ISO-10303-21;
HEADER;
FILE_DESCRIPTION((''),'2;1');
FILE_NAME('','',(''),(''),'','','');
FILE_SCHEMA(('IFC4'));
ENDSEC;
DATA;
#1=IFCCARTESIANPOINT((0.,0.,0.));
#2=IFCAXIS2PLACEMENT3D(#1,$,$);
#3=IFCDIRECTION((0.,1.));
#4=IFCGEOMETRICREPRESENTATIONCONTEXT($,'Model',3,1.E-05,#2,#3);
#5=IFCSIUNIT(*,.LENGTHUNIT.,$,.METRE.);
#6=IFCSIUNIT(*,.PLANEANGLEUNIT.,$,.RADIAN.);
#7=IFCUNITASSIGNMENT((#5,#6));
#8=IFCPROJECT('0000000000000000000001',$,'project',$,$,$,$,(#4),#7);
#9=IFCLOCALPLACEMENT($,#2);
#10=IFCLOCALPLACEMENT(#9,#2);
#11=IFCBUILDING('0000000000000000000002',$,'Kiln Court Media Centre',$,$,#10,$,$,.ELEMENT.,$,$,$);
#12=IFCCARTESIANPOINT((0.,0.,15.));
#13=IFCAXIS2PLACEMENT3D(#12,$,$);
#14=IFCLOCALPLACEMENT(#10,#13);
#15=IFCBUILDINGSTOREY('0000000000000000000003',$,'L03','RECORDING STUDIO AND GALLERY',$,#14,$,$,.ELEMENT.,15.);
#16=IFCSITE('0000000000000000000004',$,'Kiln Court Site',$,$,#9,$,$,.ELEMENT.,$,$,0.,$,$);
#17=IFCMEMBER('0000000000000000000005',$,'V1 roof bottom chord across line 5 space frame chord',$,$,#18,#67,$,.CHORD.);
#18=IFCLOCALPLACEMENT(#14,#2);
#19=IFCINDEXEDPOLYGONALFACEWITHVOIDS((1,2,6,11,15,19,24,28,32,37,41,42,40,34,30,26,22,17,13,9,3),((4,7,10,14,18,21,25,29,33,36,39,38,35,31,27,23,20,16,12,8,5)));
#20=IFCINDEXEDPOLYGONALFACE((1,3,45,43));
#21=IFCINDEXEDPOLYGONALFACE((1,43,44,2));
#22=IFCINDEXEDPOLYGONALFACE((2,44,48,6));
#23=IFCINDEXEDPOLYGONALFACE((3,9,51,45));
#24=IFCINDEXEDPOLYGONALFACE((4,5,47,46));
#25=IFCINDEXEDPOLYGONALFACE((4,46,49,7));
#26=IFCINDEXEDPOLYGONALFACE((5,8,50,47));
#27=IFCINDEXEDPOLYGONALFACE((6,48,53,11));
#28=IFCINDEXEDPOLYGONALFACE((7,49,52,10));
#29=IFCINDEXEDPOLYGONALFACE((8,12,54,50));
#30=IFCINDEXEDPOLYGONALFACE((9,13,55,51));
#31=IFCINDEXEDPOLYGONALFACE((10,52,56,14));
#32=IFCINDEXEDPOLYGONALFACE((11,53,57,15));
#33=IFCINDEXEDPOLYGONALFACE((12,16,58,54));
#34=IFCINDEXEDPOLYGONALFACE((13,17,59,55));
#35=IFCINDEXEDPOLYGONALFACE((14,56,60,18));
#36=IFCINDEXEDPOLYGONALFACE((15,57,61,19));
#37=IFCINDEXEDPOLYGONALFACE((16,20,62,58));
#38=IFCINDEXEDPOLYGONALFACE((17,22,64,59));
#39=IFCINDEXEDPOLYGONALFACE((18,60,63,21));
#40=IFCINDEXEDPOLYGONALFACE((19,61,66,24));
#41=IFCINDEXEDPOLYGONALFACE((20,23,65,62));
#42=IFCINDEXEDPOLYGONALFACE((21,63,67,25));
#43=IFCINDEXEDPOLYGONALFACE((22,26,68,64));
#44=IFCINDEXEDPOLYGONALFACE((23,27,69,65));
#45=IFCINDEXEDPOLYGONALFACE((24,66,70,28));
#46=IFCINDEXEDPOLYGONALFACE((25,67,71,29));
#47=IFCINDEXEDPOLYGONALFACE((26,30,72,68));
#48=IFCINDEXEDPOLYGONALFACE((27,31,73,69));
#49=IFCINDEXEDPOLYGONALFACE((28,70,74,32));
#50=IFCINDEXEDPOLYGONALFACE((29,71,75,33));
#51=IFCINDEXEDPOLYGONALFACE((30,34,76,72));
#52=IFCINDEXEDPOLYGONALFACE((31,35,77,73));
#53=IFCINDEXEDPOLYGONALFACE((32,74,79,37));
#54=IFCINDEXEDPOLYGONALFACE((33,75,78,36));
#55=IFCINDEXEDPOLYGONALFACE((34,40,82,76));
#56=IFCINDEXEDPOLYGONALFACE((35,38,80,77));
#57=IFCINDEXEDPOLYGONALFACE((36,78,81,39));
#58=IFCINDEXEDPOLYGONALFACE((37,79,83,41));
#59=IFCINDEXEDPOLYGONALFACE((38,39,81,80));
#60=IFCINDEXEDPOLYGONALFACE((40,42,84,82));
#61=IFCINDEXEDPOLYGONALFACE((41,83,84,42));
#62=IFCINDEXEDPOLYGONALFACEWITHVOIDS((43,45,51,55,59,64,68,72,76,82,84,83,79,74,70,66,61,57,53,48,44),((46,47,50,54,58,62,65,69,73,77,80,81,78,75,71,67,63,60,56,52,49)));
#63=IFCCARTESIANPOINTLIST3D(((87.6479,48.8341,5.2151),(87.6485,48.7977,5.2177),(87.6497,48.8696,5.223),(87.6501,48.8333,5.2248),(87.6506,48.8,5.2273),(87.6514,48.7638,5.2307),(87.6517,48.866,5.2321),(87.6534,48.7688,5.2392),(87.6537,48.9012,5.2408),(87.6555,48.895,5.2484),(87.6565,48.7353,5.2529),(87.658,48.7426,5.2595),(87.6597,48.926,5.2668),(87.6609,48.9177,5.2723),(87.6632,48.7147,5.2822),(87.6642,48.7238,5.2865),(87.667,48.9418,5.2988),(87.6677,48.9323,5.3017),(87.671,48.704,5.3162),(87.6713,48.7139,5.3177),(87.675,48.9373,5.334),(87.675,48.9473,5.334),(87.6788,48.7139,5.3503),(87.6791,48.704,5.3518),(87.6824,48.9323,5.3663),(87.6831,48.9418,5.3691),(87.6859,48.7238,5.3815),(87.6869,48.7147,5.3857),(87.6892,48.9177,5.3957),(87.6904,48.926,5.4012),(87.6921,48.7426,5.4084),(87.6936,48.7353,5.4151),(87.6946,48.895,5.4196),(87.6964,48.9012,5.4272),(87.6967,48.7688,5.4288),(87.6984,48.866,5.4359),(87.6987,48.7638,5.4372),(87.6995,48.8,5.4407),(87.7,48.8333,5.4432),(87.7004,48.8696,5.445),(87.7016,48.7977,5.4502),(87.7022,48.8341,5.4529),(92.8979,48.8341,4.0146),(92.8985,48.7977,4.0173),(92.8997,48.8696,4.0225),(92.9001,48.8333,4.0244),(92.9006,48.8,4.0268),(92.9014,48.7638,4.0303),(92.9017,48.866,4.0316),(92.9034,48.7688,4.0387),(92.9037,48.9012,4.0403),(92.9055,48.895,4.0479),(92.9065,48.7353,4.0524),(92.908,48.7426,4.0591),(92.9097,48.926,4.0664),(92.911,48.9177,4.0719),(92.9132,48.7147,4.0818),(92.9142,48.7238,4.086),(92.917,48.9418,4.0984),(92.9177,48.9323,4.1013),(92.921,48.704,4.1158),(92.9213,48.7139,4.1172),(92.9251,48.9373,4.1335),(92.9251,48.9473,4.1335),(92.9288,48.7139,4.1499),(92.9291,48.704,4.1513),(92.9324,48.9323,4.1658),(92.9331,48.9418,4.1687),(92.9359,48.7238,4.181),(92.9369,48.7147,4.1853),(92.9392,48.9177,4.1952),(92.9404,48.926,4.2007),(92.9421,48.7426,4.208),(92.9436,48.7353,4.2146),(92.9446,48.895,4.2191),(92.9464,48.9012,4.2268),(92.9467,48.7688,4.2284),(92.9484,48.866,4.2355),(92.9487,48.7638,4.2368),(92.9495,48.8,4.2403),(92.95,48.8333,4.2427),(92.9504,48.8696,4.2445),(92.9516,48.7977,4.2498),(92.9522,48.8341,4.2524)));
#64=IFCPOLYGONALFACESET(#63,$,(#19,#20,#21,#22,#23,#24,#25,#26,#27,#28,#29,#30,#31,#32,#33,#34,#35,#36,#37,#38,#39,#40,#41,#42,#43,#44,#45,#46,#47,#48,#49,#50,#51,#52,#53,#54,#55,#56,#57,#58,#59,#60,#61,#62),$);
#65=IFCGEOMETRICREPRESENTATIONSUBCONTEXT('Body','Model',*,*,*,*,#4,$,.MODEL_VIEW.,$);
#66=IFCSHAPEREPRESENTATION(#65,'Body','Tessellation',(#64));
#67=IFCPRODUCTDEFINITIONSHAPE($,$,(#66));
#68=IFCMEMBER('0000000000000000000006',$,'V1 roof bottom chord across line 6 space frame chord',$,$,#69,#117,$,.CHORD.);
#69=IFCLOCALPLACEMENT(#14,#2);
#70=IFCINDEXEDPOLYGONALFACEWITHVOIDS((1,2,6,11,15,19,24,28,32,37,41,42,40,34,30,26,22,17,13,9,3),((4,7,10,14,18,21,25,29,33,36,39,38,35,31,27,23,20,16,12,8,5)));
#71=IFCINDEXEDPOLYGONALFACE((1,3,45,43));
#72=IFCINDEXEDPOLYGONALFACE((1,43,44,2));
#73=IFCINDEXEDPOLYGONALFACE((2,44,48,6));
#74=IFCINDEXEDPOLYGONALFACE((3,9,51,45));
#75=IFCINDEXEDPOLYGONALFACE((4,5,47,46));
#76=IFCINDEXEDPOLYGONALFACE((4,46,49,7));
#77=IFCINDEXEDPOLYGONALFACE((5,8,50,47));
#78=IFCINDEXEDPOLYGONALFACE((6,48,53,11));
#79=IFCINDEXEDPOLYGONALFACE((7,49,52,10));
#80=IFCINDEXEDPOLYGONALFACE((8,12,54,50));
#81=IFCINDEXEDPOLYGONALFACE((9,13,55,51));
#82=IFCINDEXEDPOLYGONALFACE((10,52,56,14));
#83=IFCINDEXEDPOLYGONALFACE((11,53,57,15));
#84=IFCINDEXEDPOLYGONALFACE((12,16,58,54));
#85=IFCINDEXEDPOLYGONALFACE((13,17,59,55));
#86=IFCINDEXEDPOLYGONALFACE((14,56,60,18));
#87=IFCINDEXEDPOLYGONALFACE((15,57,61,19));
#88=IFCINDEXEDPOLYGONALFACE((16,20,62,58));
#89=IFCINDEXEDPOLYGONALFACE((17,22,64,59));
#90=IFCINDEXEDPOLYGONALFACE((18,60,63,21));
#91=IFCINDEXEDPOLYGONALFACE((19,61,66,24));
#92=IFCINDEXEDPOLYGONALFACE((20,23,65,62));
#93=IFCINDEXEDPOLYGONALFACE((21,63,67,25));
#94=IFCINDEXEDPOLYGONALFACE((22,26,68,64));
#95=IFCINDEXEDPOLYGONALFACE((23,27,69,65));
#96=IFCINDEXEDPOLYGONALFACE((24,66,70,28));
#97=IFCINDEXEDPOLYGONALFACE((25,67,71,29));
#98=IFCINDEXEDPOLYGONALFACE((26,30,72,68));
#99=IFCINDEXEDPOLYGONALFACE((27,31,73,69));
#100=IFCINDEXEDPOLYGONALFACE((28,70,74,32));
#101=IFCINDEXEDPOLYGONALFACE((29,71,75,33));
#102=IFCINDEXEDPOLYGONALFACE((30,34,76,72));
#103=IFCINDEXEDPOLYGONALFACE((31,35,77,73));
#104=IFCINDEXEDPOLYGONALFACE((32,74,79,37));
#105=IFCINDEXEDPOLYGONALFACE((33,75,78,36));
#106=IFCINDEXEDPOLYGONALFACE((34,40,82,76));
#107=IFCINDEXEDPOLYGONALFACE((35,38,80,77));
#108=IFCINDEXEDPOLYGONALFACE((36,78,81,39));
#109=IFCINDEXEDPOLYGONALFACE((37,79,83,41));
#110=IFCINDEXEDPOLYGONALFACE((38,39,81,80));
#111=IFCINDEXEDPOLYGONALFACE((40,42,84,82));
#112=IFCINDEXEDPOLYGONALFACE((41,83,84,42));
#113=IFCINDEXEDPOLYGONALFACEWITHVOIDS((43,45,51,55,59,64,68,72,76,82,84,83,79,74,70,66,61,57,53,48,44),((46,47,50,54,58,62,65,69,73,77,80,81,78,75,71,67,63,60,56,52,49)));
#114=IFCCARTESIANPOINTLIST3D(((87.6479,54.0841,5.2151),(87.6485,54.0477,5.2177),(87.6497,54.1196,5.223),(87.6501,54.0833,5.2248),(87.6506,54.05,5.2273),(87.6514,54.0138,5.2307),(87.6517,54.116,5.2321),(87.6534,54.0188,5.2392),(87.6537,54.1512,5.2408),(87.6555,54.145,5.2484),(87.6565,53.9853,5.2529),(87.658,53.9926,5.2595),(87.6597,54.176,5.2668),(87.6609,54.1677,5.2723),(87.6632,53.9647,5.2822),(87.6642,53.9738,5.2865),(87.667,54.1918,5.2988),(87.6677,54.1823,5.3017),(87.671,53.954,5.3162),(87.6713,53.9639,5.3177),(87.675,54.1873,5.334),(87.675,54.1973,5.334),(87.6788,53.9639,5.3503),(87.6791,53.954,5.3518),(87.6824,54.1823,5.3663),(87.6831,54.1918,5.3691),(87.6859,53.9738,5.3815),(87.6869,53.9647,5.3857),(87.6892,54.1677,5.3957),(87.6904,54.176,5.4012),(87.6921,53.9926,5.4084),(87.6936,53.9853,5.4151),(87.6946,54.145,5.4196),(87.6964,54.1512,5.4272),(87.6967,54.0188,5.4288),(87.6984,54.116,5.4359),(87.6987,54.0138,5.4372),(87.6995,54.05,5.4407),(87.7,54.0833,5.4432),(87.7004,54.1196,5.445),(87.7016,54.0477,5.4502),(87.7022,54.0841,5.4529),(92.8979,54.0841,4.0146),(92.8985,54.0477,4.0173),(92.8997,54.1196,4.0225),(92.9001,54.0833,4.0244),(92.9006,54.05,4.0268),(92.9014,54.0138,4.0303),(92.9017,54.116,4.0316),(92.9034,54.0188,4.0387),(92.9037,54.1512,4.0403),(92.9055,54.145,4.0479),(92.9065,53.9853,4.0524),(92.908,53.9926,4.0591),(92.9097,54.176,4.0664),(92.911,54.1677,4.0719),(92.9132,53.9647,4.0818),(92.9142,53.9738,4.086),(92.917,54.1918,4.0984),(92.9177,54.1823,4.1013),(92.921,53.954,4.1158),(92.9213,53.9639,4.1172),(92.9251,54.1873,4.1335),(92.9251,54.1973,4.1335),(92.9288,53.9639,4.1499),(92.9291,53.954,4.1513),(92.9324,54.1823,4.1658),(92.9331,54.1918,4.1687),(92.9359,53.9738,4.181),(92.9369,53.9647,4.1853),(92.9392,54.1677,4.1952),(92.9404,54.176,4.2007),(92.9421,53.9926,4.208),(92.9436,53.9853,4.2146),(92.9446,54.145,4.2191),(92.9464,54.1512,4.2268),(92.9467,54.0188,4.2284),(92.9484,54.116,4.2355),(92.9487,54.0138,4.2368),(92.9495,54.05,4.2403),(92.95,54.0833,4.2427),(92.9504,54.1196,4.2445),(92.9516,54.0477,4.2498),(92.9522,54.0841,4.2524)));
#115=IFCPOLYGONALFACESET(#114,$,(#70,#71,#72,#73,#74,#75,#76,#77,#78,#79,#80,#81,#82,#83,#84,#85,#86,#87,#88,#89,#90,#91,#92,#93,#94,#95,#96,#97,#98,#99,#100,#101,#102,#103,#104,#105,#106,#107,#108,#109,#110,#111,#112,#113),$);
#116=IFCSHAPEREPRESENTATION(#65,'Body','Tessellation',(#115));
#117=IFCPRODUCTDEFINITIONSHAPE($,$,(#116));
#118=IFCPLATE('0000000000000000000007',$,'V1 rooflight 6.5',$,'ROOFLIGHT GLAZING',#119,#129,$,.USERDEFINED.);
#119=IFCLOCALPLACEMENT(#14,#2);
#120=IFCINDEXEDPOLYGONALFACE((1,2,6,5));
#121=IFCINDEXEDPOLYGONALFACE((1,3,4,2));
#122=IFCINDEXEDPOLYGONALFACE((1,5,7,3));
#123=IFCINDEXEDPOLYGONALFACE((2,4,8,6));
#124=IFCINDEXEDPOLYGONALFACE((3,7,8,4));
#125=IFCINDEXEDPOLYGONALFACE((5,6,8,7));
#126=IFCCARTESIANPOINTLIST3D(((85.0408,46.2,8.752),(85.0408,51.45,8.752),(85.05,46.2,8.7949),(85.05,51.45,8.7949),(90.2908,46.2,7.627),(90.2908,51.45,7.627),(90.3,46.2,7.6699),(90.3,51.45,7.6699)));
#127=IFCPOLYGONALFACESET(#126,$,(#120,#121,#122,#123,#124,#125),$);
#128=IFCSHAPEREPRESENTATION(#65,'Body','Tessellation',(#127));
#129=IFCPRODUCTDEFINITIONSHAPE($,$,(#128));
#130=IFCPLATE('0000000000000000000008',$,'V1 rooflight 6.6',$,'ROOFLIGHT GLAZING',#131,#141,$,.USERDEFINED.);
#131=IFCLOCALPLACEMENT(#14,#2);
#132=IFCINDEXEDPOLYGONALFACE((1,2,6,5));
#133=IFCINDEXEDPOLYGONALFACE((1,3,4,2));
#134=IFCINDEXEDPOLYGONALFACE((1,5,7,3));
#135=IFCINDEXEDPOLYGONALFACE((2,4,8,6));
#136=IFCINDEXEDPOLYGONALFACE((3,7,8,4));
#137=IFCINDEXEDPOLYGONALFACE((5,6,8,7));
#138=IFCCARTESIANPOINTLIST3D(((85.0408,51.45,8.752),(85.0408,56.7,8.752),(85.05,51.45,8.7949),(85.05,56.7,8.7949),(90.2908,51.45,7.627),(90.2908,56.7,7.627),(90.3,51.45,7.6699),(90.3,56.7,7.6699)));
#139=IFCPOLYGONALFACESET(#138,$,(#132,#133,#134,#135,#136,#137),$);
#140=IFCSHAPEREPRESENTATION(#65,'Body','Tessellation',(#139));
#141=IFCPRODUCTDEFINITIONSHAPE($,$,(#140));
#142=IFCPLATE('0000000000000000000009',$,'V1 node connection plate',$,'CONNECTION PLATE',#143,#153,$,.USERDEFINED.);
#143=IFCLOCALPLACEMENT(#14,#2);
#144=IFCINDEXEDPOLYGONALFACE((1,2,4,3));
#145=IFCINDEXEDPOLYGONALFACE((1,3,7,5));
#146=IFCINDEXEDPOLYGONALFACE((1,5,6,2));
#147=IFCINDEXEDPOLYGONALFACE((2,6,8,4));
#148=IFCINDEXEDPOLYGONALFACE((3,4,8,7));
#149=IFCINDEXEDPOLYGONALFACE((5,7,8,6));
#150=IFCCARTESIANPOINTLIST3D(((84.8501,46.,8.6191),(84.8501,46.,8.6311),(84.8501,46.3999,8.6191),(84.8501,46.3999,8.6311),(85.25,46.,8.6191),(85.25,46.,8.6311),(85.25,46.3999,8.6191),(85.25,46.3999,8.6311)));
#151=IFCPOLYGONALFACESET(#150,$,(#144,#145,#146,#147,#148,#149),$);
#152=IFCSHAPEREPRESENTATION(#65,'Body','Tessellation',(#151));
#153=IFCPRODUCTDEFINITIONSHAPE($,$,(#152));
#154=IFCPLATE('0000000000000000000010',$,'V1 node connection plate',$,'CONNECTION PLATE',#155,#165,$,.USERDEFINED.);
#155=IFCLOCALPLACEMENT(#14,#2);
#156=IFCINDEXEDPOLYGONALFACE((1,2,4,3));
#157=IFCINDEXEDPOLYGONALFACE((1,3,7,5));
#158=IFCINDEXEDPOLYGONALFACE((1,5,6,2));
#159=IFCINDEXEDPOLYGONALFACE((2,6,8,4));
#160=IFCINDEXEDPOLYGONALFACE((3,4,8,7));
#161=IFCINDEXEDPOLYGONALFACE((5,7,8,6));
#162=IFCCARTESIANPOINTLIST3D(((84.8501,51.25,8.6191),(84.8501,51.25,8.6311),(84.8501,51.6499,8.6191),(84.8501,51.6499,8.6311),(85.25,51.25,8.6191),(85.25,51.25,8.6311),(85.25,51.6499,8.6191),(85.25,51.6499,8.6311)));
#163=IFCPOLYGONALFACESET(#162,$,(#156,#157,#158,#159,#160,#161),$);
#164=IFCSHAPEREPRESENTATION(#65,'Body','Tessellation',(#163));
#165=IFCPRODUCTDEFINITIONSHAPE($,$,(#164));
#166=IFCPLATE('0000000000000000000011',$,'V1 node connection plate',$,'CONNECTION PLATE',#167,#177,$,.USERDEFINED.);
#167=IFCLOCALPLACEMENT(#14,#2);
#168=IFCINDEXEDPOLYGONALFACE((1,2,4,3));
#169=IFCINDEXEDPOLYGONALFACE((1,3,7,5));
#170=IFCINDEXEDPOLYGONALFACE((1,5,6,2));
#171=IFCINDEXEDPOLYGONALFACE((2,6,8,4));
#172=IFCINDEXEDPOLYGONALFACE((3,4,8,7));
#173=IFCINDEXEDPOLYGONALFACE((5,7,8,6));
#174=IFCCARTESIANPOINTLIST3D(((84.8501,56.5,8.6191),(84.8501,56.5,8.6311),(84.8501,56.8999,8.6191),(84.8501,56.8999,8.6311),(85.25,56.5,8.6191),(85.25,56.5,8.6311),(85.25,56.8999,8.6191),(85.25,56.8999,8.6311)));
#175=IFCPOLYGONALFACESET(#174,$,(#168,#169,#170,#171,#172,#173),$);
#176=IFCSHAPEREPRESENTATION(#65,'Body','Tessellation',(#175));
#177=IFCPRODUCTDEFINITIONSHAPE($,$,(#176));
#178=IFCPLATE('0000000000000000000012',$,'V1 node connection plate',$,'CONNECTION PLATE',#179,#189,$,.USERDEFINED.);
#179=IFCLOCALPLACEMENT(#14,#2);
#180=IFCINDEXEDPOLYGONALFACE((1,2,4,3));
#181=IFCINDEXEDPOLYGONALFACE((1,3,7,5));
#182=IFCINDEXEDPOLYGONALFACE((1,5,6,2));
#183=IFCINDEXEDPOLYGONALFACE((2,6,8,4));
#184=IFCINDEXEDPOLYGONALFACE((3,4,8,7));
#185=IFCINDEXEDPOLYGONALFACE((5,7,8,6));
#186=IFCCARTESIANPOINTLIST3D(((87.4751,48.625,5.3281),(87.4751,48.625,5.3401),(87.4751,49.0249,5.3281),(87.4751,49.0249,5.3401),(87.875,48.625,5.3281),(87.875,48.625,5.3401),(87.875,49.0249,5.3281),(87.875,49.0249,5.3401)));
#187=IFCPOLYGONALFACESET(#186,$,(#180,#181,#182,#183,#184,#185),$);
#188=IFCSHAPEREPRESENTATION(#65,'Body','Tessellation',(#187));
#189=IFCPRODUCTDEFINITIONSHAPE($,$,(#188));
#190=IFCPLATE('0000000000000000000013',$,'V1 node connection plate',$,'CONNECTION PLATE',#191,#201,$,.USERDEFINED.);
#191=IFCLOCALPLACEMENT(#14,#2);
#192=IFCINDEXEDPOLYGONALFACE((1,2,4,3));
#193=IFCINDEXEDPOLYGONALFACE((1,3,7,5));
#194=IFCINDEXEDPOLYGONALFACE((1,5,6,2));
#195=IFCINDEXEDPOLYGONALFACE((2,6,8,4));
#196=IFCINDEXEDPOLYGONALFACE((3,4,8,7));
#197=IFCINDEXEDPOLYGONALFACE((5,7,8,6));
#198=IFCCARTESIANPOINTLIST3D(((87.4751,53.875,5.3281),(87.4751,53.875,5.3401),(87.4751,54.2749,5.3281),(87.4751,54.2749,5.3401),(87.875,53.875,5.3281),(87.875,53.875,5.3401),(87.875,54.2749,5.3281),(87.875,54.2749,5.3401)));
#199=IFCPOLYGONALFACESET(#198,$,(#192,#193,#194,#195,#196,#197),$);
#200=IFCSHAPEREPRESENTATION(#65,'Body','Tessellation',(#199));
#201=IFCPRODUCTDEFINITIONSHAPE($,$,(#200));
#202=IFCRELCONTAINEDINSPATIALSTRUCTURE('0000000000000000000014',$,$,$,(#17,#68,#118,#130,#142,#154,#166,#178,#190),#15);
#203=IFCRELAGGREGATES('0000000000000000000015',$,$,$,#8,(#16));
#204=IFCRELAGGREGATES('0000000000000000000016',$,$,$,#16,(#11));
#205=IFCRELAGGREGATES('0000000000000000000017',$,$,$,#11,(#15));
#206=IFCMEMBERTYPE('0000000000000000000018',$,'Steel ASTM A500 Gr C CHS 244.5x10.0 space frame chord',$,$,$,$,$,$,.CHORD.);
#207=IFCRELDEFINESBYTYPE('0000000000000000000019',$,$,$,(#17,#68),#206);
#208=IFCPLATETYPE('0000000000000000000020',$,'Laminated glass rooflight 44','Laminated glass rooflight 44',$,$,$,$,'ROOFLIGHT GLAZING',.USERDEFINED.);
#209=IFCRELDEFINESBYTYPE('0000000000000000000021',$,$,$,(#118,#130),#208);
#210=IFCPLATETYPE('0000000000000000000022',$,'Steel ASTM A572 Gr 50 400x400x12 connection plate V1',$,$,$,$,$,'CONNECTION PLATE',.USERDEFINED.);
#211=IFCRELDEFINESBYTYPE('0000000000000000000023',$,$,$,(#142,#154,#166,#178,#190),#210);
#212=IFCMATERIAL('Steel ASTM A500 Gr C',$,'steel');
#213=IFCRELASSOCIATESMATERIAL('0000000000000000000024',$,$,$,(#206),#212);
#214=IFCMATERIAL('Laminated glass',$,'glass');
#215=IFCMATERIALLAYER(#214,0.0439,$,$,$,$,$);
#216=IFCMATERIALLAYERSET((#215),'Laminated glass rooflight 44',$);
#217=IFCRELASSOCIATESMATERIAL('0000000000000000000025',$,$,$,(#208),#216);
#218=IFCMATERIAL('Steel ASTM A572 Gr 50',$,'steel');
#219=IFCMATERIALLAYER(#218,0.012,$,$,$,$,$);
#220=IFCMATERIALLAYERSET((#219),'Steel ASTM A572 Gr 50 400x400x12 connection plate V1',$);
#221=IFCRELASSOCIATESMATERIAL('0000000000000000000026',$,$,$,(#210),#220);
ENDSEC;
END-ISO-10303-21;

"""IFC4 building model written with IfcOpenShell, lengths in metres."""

from ifc_helpers import new_model, si_unit, direction, frame, origin, origin_2d, place, context, subcontext, project, spatial, polyline, rectangle, hollow_circle, outline, extrude, material, layer, layer_set, material_profile, profile_set, type_object, element, save


model = new_model("IFC4")

# Units and contexts
model_context = context("Model", 3, precision=1e-05, world=origin(), true_north=direction((0.0, 1.0)))
body_context = subcontext(model_context, "Body", "Model", "MODEL_VIEW")
ifc_project = project(units=[si_unit("LENGTHUNIT", "METRE"), si_unit("PLANEANGLEUNIT", "RADIAN")], contexts=[model_context])

# Site, building, storey
site_placement = place(None, origin())
site = spatial("IfcSite", under=ifc_project, at=site_placement, Name="Kiln Court Site", CompositionType="ELEMENT", RefElevation=0.0)
building_placement = place(site_placement, origin())
building = spatial("IfcBuilding", under=site, at=building_placement, Name="Kiln Court Media Centre", CompositionType="ELEMENT")
storey_placement = place(building_placement, frame((0.0, 0.0, 15.0)))
storey = spatial("IfcBuildingStorey", under=building, at=storey_placement, Name="L03", Description="RECORDING STUDIO AND GALLERY", CompositionType="ELEMENT", Elevation=15.0)

# Members
ifc_material_1 = material(Name="Steel ASTM A500 Gr C", Category="steel")
ifc_material_profile_1 = material_profile(ifc_material_1, hollow_circle(Radius=0.1223, WallThickness=0.01, at=origin_2d()), Name="CHS 244.5x10.0")
ifc_profile_set_1 = profile_set([ifc_material_profile_1], Name="Steel ASTM A500 Gr C")
member_type_1 = type_object("IfcMemberType", Name="Steel ASTM A500 Gr C CHS 244.5x10.0 space frame chord", PredefinedType="CHORD", material=ifc_profile_set_1)
for number, where, z_axis, x_axis, name in (
    (1, (87.675, 48.825, 5.334), (0.974841, 0.0, -0.222902), (0.0, 1.0, 0.0), "V1 roof bottom chord across line 5 space frame chord"),
    (2, (87.675, 54.075, 5.334), (0.974841, 0.0, -0.222902), (0.0, 1.0, 0.0), "V1 roof bottom chord across line 6 space frame chord"),
):
    element("IfcMember", number, at=place(storey_placement, frame(where, z_axis=z_axis, x_axis=x_axis)), inside=storey, type_object=member_type_1, Name=name, PredefinedType="CHORD", context=body_context, shape_type="SweptSolid", body=[
        extrude(hollow_circle(Radius=0.1223, WallThickness=0.01, at=origin_2d()), origin(), (0.0, 0.0, 1.0), 5.3855),
    ])

# Plates
ifc_material_2 = material(Name="Laminated glass", Category="glass")
ifc_layer_1 = layer(ifc_material_2, 0.0439)
ifc_layer_set_1 = layer_set([ifc_layer_1], Name="Laminated glass rooflight 44")
plate_type_1 = type_object("IfcPlateType", Name="Laminated glass rooflight 44", Description="Laminated glass rooflight 44", ElementType="ROOFLIGHT GLAZING", PredefinedType="USERDEFINED", material=ifc_layer_set_1)
for number, where, z_axis, x_axis, name in (
    (3, (85.05, 46.2, 8.7949), (0.209529, 0.0, 0.977802), (0.977802, 0.0, -0.209529), "V1 rooflight 6.5"),
    (4, (85.05, 51.45, 8.7949), (0.209529, 0.0, 0.977802), (0.977802, 0.0, -0.209529), "V1 rooflight 6.6"),
):
    element("IfcPlate", number, at=place(storey_placement, frame(where, z_axis=z_axis, x_axis=x_axis)), inside=storey, type_object=plate_type_1, Name=name, ObjectType="ROOFLIGHT GLAZING", PredefinedType="USERDEFINED", context=body_context, shape_type="SweptSolid", body=[
        extrude(outline(polyline([(0.0, 0.0), (5.3692, 0.0), (5.3692, 5.25), (0.0, 5.25), (0.0, 0.0)])), origin(), (0.0, 0.0, -1.0), 0.0439),
    ])
ifc_material_3 = material(Name="Steel ASTM A572 Gr 50", Category="steel")
ifc_layer_2 = layer(ifc_material_3, 0.012)
ifc_layer_set_2 = layer_set([ifc_layer_2], Name="Steel ASTM A572 Gr 50 400x400x12 connection plate V1")
plate_type_2 = type_object("IfcPlateType", Name="Steel ASTM A572 Gr 50 400x400x12 connection plate V1", ElementType="CONNECTION PLATE", PredefinedType="USERDEFINED", material=ifc_layer_set_2)
for number, where, z_axis, x_axis, name in (
    (5, (85.05, 46.2, 8.6191), (0.0, 0.0, 1.0), (1.0, 0.0, 0.0), "V1 node connection plate"),
    (6, (85.05, 51.45, 8.6191), (0.0, 0.0, 1.0), (1.0, 0.0, 0.0), "V1 node connection plate"),
    (7, (85.05, 56.7, 8.6191), (0.0, 0.0, 1.0), (1.0, 0.0, 0.0), "V1 node connection plate"),
    (8, (87.675, 48.825, 5.3281), (0.0, 0.0, 1.0), (1.0, 0.0, 0.0), "V1 node connection plate"),
    (9, (87.675, 54.075, 5.3281), (0.0, 0.0, 1.0), (1.0, 0.0, 0.0), "V1 node connection plate"),
):
    element("IfcPlate", number, at=place(storey_placement, frame(where, z_axis=z_axis, x_axis=x_axis)), inside=storey, type_object=plate_type_2, Name=name, ObjectType="CONNECTION PLATE", PredefinedType="USERDEFINED", context=body_context, shape_type="SweptSolid", body=[
        extrude(rectangle(XDim=0.3999, YDim=0.3999, at=origin_2d()), origin(), (0.0, 0.0, 1.0), 0.012),
    ])

save(model, "model.ifc")
